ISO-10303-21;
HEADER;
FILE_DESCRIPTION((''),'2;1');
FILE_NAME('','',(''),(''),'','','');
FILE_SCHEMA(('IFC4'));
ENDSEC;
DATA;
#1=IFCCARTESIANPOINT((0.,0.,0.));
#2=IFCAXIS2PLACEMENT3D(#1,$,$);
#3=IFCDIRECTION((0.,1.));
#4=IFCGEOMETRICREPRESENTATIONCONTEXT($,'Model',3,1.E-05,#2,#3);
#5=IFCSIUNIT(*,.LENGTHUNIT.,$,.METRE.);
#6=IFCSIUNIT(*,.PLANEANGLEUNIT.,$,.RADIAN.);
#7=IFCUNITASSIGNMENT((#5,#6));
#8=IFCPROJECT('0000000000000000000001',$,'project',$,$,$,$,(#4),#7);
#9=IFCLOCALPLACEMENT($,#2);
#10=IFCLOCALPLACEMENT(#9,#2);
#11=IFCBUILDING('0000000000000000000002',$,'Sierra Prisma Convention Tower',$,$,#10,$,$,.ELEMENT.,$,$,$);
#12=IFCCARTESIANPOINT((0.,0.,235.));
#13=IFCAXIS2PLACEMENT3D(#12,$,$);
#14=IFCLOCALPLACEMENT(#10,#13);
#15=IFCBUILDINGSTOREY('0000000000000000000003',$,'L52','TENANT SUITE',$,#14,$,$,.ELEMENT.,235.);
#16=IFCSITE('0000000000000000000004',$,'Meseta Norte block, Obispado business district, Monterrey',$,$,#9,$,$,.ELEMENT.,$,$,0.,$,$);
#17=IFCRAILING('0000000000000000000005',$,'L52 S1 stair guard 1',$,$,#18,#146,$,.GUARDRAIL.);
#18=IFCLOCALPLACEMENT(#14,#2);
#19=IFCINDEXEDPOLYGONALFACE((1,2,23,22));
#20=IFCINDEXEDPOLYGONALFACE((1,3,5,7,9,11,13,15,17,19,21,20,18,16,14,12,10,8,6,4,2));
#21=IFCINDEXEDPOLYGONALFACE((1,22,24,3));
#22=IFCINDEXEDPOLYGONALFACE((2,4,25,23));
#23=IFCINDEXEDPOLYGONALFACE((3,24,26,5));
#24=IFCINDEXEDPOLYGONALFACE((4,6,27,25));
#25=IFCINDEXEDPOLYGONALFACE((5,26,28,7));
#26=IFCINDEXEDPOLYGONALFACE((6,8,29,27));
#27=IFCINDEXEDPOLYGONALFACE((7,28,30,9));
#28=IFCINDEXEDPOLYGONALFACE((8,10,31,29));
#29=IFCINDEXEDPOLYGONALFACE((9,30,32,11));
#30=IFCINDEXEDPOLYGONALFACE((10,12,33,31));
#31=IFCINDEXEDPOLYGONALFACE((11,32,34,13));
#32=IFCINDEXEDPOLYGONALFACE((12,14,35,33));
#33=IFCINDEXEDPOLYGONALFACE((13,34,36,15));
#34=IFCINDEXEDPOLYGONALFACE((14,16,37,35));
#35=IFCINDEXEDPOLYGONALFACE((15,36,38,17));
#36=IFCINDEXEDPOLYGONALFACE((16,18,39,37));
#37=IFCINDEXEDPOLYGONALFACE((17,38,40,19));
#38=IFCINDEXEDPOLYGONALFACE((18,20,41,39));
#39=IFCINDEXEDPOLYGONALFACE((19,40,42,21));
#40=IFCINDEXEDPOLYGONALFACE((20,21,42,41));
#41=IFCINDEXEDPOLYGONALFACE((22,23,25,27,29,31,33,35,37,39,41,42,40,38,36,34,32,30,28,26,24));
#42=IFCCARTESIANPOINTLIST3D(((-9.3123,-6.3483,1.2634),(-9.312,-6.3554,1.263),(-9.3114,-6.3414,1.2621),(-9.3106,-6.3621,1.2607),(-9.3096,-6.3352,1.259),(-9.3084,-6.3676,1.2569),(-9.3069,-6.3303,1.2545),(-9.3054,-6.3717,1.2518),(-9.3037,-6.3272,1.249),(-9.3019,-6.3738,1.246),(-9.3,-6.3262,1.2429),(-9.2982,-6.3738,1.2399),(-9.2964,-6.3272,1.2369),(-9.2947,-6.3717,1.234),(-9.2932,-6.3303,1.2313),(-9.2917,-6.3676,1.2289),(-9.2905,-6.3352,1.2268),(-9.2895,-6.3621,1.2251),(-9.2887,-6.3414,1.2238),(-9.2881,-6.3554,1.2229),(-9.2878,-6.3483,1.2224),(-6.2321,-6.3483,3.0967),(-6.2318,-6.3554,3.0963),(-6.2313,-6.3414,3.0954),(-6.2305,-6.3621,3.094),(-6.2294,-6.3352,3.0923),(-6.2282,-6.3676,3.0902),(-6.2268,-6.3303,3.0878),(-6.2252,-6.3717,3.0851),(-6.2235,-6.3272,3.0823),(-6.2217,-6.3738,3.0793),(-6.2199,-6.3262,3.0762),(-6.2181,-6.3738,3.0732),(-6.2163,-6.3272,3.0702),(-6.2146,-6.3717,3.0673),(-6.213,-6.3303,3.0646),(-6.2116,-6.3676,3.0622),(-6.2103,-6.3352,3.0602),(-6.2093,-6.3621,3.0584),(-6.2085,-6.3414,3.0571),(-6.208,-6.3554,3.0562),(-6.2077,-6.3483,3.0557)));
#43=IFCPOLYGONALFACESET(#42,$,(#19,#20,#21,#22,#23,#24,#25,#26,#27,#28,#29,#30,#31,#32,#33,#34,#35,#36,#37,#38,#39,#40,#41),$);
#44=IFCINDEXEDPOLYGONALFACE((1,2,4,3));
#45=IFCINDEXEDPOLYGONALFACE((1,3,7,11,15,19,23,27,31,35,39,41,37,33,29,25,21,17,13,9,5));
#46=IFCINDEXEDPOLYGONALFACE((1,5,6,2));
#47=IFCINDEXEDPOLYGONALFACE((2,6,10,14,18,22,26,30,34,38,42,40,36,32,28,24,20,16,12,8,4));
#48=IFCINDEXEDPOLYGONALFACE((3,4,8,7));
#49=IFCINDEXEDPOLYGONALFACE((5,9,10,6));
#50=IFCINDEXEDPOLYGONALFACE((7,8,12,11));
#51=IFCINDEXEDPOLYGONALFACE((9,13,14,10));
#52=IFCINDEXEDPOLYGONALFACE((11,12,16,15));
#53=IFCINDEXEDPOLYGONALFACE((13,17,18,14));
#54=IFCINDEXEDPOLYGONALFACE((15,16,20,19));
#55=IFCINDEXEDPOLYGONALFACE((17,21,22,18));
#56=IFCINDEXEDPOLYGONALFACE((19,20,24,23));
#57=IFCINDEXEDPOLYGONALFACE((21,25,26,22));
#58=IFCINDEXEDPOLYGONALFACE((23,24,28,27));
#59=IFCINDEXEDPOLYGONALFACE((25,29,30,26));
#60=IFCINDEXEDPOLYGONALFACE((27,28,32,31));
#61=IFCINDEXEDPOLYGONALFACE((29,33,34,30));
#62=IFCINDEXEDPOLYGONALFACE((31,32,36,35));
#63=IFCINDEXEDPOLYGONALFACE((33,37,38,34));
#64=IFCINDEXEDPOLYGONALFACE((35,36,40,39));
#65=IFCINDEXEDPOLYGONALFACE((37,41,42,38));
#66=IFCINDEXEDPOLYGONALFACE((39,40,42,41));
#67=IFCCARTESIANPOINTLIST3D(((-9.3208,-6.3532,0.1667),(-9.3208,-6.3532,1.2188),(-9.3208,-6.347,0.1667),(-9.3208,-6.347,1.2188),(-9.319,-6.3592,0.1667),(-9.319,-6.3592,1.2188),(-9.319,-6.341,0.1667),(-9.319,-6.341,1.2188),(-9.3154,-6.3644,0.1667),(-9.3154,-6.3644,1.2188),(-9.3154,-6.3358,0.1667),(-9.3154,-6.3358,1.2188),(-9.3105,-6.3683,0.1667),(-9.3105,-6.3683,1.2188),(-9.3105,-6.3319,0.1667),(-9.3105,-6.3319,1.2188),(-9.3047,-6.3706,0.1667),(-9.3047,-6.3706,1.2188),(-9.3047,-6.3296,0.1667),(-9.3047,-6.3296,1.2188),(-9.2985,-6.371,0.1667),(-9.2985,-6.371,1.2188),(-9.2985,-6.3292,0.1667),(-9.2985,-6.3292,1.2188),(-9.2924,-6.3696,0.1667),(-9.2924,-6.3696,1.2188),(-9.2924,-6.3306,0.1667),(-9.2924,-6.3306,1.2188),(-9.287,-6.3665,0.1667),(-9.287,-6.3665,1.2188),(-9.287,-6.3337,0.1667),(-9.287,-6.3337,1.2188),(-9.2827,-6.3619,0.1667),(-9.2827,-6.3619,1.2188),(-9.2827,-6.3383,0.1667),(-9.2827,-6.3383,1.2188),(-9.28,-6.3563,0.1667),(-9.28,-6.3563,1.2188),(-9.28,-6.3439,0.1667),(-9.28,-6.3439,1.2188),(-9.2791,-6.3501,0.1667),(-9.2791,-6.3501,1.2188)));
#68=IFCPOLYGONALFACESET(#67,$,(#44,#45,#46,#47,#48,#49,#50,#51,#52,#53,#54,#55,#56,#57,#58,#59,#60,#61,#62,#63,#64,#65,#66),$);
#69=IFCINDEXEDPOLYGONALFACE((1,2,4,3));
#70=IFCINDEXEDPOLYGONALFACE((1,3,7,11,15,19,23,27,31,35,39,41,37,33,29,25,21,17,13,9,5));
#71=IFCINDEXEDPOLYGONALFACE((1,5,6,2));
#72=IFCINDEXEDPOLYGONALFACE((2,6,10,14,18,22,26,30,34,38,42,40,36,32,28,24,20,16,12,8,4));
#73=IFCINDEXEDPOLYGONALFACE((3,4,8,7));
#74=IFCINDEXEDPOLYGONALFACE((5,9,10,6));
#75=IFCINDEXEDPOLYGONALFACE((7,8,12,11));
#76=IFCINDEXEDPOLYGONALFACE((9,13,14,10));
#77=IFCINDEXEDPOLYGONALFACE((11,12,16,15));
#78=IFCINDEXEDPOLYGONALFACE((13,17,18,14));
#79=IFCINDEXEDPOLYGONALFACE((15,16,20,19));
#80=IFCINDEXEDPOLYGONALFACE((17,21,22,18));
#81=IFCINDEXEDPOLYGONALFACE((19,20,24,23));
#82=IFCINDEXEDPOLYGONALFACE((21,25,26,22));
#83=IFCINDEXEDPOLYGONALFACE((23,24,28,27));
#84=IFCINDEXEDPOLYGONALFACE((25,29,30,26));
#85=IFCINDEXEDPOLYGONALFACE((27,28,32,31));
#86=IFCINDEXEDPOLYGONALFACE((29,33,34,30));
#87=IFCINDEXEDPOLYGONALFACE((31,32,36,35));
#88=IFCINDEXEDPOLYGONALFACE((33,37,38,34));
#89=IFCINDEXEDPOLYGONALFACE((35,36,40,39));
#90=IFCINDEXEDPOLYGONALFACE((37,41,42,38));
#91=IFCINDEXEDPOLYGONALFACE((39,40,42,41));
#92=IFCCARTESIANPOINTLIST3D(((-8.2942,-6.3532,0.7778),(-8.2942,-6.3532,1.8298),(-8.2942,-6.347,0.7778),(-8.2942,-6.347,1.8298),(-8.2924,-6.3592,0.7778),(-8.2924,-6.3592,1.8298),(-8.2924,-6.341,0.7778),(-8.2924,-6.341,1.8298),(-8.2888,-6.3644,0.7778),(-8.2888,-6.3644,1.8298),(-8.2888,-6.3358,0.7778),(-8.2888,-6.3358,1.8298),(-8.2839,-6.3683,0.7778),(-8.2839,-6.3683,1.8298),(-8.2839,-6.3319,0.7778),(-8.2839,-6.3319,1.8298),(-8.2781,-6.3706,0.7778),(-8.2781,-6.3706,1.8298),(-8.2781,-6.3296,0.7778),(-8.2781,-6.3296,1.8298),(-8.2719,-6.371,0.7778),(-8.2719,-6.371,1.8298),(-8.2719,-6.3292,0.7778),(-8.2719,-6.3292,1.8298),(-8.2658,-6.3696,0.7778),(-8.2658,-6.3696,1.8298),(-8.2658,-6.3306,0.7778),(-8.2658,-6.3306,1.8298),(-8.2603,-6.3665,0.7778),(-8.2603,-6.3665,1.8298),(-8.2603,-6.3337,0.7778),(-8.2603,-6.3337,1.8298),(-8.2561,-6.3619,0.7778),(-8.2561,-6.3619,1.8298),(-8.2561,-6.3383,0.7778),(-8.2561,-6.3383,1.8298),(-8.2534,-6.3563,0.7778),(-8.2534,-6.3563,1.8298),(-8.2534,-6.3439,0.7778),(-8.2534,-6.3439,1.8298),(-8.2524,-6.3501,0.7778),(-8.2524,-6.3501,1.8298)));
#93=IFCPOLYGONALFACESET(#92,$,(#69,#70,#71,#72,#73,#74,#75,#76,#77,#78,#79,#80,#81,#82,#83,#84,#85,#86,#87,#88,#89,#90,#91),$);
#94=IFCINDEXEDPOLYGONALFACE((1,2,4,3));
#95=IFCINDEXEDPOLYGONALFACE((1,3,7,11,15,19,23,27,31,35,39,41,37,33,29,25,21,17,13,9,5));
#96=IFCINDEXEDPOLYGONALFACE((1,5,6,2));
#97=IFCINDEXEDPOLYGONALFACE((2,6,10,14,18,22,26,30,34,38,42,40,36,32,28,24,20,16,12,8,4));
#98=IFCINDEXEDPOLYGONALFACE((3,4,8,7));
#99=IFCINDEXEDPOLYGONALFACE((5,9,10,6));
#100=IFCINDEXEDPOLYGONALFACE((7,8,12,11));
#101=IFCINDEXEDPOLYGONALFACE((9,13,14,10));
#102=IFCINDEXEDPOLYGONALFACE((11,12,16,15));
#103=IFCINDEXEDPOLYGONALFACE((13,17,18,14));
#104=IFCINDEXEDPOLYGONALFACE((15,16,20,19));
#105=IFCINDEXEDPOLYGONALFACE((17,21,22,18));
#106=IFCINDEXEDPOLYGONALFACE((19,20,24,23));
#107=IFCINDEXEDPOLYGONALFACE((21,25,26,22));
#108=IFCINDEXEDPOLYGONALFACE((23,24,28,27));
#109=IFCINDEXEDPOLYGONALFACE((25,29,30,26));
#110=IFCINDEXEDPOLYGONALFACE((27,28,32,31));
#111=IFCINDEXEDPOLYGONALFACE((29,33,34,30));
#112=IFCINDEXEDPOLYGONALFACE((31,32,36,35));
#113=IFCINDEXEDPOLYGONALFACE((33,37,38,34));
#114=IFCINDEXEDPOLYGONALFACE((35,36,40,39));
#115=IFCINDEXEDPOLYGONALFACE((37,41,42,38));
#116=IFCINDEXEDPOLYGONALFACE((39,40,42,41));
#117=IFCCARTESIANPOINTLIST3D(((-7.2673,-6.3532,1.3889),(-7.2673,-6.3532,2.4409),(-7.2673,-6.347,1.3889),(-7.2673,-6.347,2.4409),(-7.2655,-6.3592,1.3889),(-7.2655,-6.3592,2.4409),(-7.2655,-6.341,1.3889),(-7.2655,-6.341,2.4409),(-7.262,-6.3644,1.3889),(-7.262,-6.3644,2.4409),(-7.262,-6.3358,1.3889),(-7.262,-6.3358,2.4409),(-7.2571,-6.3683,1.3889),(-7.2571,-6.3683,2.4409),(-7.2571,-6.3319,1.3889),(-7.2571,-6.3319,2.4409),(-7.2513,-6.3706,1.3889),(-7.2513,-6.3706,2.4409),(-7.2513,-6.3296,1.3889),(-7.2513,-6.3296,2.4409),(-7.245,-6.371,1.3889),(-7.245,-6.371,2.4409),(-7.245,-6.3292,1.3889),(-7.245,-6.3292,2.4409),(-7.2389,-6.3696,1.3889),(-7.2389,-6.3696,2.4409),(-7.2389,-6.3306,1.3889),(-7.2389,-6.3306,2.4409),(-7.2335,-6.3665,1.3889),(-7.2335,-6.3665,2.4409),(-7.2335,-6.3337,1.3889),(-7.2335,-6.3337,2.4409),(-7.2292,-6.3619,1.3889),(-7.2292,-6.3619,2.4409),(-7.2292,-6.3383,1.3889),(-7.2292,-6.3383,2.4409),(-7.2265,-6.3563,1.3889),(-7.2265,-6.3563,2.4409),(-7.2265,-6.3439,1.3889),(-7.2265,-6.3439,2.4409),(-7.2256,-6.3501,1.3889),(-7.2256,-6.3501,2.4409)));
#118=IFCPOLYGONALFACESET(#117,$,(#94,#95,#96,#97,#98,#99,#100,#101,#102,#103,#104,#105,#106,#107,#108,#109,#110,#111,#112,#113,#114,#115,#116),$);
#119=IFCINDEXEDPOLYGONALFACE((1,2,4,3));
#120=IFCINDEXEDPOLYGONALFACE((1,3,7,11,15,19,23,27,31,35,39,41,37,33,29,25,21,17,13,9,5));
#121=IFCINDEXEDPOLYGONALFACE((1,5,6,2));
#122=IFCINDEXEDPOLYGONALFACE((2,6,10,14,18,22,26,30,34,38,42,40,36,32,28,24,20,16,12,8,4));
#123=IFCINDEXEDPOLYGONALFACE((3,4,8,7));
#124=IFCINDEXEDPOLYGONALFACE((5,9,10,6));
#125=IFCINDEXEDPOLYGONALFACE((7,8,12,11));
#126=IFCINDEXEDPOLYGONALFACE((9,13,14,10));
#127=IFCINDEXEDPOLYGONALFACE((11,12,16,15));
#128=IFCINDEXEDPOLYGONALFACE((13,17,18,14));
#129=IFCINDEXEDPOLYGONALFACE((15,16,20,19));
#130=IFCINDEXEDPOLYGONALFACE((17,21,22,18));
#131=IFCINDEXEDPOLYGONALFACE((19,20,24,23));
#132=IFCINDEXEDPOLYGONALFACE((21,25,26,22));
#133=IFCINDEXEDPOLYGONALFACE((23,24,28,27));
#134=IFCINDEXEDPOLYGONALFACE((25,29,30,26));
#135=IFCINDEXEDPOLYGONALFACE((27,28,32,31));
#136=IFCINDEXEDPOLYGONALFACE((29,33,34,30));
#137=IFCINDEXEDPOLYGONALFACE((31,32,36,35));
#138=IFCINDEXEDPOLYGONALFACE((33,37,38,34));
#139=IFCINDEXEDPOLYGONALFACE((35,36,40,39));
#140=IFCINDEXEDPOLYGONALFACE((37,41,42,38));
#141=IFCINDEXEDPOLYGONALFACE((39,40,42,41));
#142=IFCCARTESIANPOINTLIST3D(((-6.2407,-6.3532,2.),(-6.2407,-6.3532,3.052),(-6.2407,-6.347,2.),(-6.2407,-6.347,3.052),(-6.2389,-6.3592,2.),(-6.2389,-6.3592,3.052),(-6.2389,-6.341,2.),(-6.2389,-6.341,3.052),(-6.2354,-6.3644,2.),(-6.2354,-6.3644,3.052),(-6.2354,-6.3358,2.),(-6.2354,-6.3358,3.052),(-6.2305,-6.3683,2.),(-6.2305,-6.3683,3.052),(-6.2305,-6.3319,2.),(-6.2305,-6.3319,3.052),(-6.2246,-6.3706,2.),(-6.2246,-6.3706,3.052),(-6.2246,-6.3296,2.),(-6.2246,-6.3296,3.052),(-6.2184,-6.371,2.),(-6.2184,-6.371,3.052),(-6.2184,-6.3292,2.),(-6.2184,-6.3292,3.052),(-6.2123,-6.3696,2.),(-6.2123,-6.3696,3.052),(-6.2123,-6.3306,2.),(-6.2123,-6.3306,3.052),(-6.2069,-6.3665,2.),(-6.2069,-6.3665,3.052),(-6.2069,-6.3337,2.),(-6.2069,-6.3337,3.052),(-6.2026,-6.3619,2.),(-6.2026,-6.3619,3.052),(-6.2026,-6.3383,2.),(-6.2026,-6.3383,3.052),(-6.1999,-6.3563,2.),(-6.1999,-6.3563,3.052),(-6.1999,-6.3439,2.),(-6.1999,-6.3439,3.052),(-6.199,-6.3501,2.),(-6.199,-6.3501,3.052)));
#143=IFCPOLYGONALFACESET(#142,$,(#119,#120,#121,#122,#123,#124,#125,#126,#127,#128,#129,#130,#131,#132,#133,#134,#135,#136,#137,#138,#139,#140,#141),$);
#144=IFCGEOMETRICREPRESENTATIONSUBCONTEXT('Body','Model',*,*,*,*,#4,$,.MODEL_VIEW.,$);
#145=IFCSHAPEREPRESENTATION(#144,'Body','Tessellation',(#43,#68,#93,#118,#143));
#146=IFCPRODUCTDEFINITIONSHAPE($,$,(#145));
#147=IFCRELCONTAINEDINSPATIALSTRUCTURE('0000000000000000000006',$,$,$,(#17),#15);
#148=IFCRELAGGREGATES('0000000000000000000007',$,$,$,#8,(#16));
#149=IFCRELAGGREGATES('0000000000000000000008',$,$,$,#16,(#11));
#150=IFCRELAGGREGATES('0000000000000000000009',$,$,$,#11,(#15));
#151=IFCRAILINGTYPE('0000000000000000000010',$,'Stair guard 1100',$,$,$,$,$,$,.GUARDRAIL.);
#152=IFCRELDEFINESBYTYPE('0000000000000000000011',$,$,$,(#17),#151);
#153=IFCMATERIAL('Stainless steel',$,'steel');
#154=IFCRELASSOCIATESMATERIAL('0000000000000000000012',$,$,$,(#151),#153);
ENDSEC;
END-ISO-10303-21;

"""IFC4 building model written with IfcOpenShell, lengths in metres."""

from ifc_helpers import new_model, si_unit, direction, frame, origin, origin_2d, place, context, subcontext, project, spatial, circle, extrude, material, type_object, element, save


model = new_model("IFC4")

# Units and contexts
model_context = context("Model", 3, precision=1e-05, world=origin(), true_north=direction((0.0, 1.0)))
body_context = subcontext(model_context, "Body", "Model", "MODEL_VIEW")
ifc_project = project(units=[si_unit("LENGTHUNIT", "METRE"), si_unit("PLANEANGLEUNIT", "RADIAN")], contexts=[model_context])

# Site, building, storey
site_placement = place(None, origin())
site = spatial("IfcSite", under=ifc_project, at=site_placement, Name="Meseta Norte block, Obispado business district, Monterrey", CompositionType="ELEMENT", RefElevation=0.0)
building_placement = place(site_placement, origin())
building = spatial("IfcBuilding", under=site, at=building_placement, Name="Sierra Prisma Convention Tower", CompositionType="ELEMENT")
storey_placement = place(building_placement, frame((0.0, 0.0, 235.0)))
storey = spatial("IfcBuildingStorey", under=building, at=storey_placement, Name="L52", Description="TENANT SUITE", CompositionType="ELEMENT", Elevation=235.0)

# Railing
ifc_material_1 = material(Name="Stainless steel", Category="steel")
railing_type_1 = type_object("IfcRailingType", Name="Stair guard 1100", PredefinedType="GUARDRAIL", material=ifc_material_1)
railing_1_placement = place(storey_placement, frame((-9.3, -6.3501, 0.1667)))
element("IfcRailing", 1, at=railing_1_placement, inside=storey, type_object=railing_type_1, Name="L52 S1 stair guard 1", PredefinedType="GUARDRAIL", context=body_context, shape_type="SweptSolid", body=[
    extrude(circle(Radius=0.0239, at=origin_2d()), frame((0.0, 0.0, 1.0762), z_axis=(0.859309, 0.0, 0.511458), x_axis=(0.0, 1.0, 0.0)), (0.0, 0.0, 1.0), 3.5845),
    extrude(circle(Radius=0.021, at=origin_2d()), origin(), (0.0, 0.0, 1.0), 1.052),
    extrude(circle(Radius=0.021, at=origin_2d()), frame((1.0266, 0.0, 0.6111)), (0.0, 0.0, 1.0), 1.052),
    extrude(circle(Radius=0.021, at=origin_2d()), frame((2.0535, 0.0, 1.2222)), (0.0, 0.0, 1.0), 1.052),
    extrude(circle(Radius=0.021, at=origin_2d()), frame((3.0801, 0.0, 1.8333)), (0.0, 0.0, 1.0), 1.052),
])

save(model, "model.ifc")
